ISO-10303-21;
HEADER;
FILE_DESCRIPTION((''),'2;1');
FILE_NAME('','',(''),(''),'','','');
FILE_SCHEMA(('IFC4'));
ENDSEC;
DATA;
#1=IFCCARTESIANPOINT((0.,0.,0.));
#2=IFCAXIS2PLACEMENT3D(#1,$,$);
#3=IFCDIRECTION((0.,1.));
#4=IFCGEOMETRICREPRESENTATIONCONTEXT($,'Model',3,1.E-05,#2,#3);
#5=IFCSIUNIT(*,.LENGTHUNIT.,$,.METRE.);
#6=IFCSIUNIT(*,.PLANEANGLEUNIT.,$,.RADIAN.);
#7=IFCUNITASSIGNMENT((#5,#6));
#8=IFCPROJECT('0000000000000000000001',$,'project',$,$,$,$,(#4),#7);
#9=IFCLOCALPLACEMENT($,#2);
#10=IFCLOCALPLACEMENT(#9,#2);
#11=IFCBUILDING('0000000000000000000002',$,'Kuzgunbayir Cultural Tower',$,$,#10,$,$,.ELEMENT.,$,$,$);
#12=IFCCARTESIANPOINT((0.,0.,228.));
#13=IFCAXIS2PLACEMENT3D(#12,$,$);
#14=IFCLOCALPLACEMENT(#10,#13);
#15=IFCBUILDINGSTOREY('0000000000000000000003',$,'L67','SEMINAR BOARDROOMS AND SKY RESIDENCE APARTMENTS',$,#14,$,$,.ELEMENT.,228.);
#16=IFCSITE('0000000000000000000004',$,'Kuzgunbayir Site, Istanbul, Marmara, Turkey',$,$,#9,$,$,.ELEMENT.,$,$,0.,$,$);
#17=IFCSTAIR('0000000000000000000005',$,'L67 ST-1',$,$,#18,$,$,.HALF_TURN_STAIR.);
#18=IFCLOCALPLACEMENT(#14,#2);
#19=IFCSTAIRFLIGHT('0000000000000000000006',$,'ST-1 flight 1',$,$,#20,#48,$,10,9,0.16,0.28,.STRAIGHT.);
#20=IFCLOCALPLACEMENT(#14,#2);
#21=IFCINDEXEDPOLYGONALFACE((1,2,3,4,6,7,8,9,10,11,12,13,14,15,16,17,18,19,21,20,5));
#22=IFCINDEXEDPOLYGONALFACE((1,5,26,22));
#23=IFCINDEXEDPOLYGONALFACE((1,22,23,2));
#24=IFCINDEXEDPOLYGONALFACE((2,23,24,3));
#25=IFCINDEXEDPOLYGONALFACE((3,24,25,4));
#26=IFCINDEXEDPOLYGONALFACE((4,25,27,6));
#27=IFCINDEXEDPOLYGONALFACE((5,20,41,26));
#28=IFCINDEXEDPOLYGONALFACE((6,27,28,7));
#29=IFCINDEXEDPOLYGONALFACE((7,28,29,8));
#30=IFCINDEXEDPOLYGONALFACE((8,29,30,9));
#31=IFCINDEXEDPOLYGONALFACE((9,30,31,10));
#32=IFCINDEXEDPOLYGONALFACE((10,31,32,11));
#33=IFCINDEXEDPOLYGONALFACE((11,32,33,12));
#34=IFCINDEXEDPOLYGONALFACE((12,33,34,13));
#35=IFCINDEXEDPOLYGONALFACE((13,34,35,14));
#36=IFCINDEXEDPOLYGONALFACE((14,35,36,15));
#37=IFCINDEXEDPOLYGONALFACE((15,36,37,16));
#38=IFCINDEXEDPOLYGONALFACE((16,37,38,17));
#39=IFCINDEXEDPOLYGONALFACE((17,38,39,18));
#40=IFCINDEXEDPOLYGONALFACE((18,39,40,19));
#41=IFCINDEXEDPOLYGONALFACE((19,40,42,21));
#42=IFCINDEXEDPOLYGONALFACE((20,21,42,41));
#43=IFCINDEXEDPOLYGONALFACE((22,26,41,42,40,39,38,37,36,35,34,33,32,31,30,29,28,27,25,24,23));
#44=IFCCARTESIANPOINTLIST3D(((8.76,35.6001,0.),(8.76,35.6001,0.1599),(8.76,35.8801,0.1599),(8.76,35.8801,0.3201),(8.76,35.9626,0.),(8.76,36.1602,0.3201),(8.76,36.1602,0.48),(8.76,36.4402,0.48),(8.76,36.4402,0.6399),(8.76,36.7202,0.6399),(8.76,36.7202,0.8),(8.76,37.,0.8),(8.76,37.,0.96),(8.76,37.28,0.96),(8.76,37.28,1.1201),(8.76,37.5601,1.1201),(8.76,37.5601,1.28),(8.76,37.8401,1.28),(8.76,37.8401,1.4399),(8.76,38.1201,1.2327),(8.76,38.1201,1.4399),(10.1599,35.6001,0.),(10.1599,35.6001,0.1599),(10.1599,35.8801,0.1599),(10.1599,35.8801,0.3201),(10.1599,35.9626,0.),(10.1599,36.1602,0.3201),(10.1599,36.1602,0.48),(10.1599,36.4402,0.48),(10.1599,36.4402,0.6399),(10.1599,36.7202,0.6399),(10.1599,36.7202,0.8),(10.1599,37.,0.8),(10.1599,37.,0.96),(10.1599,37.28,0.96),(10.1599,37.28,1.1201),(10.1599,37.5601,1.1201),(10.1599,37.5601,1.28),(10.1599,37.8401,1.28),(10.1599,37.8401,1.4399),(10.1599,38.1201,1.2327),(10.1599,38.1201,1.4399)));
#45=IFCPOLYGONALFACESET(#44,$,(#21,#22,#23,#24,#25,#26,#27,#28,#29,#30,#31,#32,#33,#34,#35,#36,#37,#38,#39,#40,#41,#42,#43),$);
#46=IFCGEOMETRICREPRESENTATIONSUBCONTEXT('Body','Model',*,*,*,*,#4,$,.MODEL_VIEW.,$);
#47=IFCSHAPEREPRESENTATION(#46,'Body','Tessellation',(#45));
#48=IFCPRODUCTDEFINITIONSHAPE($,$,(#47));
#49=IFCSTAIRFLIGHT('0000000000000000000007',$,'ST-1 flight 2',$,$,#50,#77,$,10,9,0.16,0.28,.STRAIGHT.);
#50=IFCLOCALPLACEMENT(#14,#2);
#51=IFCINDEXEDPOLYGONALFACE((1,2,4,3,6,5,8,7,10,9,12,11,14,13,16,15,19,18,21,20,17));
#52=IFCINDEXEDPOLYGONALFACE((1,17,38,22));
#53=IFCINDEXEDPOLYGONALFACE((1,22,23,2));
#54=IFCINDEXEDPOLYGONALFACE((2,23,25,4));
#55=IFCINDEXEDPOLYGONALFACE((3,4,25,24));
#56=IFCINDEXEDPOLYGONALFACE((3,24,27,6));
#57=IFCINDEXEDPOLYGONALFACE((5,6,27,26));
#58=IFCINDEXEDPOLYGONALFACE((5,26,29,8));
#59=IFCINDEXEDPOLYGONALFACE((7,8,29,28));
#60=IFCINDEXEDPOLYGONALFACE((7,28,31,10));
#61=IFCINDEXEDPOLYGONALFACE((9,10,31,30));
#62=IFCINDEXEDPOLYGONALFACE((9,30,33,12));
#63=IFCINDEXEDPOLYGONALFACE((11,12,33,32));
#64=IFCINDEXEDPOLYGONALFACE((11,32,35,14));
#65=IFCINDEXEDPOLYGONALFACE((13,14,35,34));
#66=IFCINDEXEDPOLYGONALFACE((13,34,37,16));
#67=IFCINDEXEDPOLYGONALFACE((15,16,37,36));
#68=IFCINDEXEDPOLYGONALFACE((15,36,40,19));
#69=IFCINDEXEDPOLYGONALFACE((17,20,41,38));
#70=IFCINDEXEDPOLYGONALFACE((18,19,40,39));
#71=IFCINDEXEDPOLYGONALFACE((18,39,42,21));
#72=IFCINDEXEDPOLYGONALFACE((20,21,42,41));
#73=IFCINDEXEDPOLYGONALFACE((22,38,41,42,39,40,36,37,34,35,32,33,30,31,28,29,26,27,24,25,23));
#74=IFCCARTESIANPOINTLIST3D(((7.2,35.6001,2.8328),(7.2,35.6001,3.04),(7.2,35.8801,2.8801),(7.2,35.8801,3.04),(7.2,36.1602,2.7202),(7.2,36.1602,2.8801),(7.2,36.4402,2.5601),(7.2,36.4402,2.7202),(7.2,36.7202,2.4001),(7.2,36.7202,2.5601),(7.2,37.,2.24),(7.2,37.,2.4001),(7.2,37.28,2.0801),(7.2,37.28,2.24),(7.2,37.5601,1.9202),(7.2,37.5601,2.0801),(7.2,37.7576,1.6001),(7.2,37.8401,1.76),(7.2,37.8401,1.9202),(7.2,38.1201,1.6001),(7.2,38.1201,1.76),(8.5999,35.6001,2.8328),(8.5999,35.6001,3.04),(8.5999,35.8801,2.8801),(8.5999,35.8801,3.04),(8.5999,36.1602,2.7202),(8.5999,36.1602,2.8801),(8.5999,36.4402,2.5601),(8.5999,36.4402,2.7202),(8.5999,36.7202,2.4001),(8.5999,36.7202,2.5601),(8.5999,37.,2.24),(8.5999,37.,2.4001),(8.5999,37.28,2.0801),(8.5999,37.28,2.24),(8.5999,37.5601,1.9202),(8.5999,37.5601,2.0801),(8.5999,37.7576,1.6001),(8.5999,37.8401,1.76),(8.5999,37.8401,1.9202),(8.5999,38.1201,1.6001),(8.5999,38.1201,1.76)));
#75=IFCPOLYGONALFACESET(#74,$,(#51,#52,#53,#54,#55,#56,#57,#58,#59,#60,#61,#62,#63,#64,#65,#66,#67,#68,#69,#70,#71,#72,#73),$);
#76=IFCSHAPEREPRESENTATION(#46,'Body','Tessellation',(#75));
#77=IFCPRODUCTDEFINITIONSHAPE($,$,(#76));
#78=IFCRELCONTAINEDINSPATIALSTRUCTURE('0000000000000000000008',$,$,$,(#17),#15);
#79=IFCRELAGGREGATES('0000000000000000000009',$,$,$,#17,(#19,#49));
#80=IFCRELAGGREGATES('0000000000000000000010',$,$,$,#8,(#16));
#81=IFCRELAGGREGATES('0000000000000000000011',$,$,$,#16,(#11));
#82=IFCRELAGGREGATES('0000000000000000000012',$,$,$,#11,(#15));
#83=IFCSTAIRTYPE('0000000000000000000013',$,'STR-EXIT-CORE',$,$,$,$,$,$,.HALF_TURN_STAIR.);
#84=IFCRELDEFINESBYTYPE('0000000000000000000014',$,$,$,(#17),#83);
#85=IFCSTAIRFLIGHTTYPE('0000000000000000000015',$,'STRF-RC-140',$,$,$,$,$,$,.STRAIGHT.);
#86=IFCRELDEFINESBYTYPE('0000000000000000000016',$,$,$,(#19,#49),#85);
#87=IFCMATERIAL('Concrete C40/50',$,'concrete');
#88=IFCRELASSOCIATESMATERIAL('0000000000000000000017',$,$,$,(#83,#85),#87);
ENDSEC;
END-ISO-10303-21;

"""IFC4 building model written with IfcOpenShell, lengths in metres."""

from ifc_helpers import new_model, si_unit, direction, frame, origin, place, context, subcontext, project, spatial, polyline, outline, extrude, material, type_object, element, aggregate, save


model = new_model("IFC4")

# Units and contexts
model_context = context("Model", 3, precision=1e-05, world=origin(), true_north=direction((0.0, 1.0)))
body_context = subcontext(model_context, "Body", "Model", "MODEL_VIEW")
ifc_project = project(units=[si_unit("LENGTHUNIT", "METRE"), si_unit("PLANEANGLEUNIT", "RADIAN")], contexts=[model_context])

# Site, building, storey
site_placement = place(None, origin())
site = spatial("IfcSite", under=ifc_project, at=site_placement, Name="Kuzgunbayir Site, Istanbul, Marmara, Turkey", CompositionType="ELEMENT", RefElevation=0.0)
building_placement = place(site_placement, origin())
building = spatial("IfcBuilding", under=site, at=building_placement, Name="Kuzgunbayir Cultural Tower", CompositionType="ELEMENT")
storey_placement = place(building_placement, frame((0.0, 0.0, 228.0)))
storey = spatial("IfcBuildingStorey", under=building, at=storey_placement, Name="L67", Description="SEMINAR BOARDROOMS AND SKY RESIDENCE APARTMENTS", CompositionType="ELEMENT", Elevation=228.0)

# Shared definitions
ifc_material_1 = material(Name="Concrete C40/50", Category="concrete")

# Stair, stair flights
stair_type = type_object("IfcStairType", Name="STR-EXIT-CORE", PredefinedType="HALF_TURN_STAIR", material=ifc_material_1)
stair_placement = place(storey_placement, origin())
stair = element("IfcStair", 1, at=stair_placement, inside=storey, type_object=stair_type, Name="L67 ST-1", PredefinedType="HALF_TURN_STAIR")
stair_flight_type = type_object("IfcStairFlightType", Name="STRF-RC-140", PredefinedType="STRAIGHT", material=ifc_material_1)
stair_flight_1_placement = place(storey_placement, frame((9.46, 35.6001, 0.0), z_axis=(0.0, 0.0, 1.0), x_axis=(0.0, 1.0, 0.0)))
stair_flight_1 = element("IfcStairFlight", 2, at=stair_flight_1_placement, type_object=stair_flight_type, Name="ST-1 flight 1", NumberOfRisers=10, NumberOfTreads=9, PredefinedType="STRAIGHT", RiserHeight=0.16, TreadLength=0.28, context=body_context, shape_type="SweptSolid", body=[
    extrude(outline(polyline([(0.0, 0.0), (0.0, 0.1599), (0.28, 0.1599), (0.28, 0.3201), (0.5601, 0.3201), (0.5601, 0.48), (0.8401, 0.48), (0.8401, 0.6399), (1.1201, 0.6399), (1.1201, 0.8), (1.3999, 0.8), (1.3999, 0.96), (1.6799, 0.96), (1.6799, 1.1201), (1.96, 1.1201), (1.96, 1.28), (2.24, 1.28), (2.24, 1.4399), (2.52, 1.4399), (2.52, 1.6001), (2.52, 1.2327), (0.3625, 0.0), (0.0, 0.0)])), frame((0.0, 0.7, 0.0), z_axis=(0.0, -1.0, 0.0), x_axis=(1.0, 0.0, 0.0)), (0.0, 0.0, 1.0), 1.3999),
])
stair_flight_2_placement = place(storey_placement, frame((7.8999, 38.1201, 1.6001), z_axis=(0.0, 0.0, 1.0), x_axis=(0.0, -1.0, 0.0)))
stair_flight_2 = element("IfcStairFlight", 3, at=stair_flight_2_placement, type_object=stair_flight_type, Name="ST-1 flight 2", NumberOfRisers=10, NumberOfTreads=9, PredefinedType="STRAIGHT", RiserHeight=0.16, TreadLength=0.28, context=body_context, shape_type="SweptSolid", body=[
    extrude(outline(polyline([(0.0, 0.0), (0.0, 0.1599), (0.28, 0.1599), (0.28, 0.3201), (0.5601, 0.3201), (0.5601, 0.48), (0.8401, 0.48), (0.8401, 0.6399), (1.1201, 0.6399), (1.1201, 0.8), (1.3999, 0.8), (1.3999, 0.96), (1.6799, 0.96), (1.6799, 1.1201), (1.96, 1.1201), (1.96, 1.28), (2.24, 1.28), (2.24, 1.4399), (2.52, 1.4399), (2.52, 1.6001), (2.52, 1.2327), (0.3625, 0.0), (0.0, 0.0)])), frame((0.0, 0.7, 0.0), z_axis=(0.0, -1.0, 0.0), x_axis=(1.0, 0.0, 0.0)), (0.0, 0.0, 1.0), 1.3999),
])
aggregate(stair, [stair_flight_1, stair_flight_2])

save(model, "model.ifc")
